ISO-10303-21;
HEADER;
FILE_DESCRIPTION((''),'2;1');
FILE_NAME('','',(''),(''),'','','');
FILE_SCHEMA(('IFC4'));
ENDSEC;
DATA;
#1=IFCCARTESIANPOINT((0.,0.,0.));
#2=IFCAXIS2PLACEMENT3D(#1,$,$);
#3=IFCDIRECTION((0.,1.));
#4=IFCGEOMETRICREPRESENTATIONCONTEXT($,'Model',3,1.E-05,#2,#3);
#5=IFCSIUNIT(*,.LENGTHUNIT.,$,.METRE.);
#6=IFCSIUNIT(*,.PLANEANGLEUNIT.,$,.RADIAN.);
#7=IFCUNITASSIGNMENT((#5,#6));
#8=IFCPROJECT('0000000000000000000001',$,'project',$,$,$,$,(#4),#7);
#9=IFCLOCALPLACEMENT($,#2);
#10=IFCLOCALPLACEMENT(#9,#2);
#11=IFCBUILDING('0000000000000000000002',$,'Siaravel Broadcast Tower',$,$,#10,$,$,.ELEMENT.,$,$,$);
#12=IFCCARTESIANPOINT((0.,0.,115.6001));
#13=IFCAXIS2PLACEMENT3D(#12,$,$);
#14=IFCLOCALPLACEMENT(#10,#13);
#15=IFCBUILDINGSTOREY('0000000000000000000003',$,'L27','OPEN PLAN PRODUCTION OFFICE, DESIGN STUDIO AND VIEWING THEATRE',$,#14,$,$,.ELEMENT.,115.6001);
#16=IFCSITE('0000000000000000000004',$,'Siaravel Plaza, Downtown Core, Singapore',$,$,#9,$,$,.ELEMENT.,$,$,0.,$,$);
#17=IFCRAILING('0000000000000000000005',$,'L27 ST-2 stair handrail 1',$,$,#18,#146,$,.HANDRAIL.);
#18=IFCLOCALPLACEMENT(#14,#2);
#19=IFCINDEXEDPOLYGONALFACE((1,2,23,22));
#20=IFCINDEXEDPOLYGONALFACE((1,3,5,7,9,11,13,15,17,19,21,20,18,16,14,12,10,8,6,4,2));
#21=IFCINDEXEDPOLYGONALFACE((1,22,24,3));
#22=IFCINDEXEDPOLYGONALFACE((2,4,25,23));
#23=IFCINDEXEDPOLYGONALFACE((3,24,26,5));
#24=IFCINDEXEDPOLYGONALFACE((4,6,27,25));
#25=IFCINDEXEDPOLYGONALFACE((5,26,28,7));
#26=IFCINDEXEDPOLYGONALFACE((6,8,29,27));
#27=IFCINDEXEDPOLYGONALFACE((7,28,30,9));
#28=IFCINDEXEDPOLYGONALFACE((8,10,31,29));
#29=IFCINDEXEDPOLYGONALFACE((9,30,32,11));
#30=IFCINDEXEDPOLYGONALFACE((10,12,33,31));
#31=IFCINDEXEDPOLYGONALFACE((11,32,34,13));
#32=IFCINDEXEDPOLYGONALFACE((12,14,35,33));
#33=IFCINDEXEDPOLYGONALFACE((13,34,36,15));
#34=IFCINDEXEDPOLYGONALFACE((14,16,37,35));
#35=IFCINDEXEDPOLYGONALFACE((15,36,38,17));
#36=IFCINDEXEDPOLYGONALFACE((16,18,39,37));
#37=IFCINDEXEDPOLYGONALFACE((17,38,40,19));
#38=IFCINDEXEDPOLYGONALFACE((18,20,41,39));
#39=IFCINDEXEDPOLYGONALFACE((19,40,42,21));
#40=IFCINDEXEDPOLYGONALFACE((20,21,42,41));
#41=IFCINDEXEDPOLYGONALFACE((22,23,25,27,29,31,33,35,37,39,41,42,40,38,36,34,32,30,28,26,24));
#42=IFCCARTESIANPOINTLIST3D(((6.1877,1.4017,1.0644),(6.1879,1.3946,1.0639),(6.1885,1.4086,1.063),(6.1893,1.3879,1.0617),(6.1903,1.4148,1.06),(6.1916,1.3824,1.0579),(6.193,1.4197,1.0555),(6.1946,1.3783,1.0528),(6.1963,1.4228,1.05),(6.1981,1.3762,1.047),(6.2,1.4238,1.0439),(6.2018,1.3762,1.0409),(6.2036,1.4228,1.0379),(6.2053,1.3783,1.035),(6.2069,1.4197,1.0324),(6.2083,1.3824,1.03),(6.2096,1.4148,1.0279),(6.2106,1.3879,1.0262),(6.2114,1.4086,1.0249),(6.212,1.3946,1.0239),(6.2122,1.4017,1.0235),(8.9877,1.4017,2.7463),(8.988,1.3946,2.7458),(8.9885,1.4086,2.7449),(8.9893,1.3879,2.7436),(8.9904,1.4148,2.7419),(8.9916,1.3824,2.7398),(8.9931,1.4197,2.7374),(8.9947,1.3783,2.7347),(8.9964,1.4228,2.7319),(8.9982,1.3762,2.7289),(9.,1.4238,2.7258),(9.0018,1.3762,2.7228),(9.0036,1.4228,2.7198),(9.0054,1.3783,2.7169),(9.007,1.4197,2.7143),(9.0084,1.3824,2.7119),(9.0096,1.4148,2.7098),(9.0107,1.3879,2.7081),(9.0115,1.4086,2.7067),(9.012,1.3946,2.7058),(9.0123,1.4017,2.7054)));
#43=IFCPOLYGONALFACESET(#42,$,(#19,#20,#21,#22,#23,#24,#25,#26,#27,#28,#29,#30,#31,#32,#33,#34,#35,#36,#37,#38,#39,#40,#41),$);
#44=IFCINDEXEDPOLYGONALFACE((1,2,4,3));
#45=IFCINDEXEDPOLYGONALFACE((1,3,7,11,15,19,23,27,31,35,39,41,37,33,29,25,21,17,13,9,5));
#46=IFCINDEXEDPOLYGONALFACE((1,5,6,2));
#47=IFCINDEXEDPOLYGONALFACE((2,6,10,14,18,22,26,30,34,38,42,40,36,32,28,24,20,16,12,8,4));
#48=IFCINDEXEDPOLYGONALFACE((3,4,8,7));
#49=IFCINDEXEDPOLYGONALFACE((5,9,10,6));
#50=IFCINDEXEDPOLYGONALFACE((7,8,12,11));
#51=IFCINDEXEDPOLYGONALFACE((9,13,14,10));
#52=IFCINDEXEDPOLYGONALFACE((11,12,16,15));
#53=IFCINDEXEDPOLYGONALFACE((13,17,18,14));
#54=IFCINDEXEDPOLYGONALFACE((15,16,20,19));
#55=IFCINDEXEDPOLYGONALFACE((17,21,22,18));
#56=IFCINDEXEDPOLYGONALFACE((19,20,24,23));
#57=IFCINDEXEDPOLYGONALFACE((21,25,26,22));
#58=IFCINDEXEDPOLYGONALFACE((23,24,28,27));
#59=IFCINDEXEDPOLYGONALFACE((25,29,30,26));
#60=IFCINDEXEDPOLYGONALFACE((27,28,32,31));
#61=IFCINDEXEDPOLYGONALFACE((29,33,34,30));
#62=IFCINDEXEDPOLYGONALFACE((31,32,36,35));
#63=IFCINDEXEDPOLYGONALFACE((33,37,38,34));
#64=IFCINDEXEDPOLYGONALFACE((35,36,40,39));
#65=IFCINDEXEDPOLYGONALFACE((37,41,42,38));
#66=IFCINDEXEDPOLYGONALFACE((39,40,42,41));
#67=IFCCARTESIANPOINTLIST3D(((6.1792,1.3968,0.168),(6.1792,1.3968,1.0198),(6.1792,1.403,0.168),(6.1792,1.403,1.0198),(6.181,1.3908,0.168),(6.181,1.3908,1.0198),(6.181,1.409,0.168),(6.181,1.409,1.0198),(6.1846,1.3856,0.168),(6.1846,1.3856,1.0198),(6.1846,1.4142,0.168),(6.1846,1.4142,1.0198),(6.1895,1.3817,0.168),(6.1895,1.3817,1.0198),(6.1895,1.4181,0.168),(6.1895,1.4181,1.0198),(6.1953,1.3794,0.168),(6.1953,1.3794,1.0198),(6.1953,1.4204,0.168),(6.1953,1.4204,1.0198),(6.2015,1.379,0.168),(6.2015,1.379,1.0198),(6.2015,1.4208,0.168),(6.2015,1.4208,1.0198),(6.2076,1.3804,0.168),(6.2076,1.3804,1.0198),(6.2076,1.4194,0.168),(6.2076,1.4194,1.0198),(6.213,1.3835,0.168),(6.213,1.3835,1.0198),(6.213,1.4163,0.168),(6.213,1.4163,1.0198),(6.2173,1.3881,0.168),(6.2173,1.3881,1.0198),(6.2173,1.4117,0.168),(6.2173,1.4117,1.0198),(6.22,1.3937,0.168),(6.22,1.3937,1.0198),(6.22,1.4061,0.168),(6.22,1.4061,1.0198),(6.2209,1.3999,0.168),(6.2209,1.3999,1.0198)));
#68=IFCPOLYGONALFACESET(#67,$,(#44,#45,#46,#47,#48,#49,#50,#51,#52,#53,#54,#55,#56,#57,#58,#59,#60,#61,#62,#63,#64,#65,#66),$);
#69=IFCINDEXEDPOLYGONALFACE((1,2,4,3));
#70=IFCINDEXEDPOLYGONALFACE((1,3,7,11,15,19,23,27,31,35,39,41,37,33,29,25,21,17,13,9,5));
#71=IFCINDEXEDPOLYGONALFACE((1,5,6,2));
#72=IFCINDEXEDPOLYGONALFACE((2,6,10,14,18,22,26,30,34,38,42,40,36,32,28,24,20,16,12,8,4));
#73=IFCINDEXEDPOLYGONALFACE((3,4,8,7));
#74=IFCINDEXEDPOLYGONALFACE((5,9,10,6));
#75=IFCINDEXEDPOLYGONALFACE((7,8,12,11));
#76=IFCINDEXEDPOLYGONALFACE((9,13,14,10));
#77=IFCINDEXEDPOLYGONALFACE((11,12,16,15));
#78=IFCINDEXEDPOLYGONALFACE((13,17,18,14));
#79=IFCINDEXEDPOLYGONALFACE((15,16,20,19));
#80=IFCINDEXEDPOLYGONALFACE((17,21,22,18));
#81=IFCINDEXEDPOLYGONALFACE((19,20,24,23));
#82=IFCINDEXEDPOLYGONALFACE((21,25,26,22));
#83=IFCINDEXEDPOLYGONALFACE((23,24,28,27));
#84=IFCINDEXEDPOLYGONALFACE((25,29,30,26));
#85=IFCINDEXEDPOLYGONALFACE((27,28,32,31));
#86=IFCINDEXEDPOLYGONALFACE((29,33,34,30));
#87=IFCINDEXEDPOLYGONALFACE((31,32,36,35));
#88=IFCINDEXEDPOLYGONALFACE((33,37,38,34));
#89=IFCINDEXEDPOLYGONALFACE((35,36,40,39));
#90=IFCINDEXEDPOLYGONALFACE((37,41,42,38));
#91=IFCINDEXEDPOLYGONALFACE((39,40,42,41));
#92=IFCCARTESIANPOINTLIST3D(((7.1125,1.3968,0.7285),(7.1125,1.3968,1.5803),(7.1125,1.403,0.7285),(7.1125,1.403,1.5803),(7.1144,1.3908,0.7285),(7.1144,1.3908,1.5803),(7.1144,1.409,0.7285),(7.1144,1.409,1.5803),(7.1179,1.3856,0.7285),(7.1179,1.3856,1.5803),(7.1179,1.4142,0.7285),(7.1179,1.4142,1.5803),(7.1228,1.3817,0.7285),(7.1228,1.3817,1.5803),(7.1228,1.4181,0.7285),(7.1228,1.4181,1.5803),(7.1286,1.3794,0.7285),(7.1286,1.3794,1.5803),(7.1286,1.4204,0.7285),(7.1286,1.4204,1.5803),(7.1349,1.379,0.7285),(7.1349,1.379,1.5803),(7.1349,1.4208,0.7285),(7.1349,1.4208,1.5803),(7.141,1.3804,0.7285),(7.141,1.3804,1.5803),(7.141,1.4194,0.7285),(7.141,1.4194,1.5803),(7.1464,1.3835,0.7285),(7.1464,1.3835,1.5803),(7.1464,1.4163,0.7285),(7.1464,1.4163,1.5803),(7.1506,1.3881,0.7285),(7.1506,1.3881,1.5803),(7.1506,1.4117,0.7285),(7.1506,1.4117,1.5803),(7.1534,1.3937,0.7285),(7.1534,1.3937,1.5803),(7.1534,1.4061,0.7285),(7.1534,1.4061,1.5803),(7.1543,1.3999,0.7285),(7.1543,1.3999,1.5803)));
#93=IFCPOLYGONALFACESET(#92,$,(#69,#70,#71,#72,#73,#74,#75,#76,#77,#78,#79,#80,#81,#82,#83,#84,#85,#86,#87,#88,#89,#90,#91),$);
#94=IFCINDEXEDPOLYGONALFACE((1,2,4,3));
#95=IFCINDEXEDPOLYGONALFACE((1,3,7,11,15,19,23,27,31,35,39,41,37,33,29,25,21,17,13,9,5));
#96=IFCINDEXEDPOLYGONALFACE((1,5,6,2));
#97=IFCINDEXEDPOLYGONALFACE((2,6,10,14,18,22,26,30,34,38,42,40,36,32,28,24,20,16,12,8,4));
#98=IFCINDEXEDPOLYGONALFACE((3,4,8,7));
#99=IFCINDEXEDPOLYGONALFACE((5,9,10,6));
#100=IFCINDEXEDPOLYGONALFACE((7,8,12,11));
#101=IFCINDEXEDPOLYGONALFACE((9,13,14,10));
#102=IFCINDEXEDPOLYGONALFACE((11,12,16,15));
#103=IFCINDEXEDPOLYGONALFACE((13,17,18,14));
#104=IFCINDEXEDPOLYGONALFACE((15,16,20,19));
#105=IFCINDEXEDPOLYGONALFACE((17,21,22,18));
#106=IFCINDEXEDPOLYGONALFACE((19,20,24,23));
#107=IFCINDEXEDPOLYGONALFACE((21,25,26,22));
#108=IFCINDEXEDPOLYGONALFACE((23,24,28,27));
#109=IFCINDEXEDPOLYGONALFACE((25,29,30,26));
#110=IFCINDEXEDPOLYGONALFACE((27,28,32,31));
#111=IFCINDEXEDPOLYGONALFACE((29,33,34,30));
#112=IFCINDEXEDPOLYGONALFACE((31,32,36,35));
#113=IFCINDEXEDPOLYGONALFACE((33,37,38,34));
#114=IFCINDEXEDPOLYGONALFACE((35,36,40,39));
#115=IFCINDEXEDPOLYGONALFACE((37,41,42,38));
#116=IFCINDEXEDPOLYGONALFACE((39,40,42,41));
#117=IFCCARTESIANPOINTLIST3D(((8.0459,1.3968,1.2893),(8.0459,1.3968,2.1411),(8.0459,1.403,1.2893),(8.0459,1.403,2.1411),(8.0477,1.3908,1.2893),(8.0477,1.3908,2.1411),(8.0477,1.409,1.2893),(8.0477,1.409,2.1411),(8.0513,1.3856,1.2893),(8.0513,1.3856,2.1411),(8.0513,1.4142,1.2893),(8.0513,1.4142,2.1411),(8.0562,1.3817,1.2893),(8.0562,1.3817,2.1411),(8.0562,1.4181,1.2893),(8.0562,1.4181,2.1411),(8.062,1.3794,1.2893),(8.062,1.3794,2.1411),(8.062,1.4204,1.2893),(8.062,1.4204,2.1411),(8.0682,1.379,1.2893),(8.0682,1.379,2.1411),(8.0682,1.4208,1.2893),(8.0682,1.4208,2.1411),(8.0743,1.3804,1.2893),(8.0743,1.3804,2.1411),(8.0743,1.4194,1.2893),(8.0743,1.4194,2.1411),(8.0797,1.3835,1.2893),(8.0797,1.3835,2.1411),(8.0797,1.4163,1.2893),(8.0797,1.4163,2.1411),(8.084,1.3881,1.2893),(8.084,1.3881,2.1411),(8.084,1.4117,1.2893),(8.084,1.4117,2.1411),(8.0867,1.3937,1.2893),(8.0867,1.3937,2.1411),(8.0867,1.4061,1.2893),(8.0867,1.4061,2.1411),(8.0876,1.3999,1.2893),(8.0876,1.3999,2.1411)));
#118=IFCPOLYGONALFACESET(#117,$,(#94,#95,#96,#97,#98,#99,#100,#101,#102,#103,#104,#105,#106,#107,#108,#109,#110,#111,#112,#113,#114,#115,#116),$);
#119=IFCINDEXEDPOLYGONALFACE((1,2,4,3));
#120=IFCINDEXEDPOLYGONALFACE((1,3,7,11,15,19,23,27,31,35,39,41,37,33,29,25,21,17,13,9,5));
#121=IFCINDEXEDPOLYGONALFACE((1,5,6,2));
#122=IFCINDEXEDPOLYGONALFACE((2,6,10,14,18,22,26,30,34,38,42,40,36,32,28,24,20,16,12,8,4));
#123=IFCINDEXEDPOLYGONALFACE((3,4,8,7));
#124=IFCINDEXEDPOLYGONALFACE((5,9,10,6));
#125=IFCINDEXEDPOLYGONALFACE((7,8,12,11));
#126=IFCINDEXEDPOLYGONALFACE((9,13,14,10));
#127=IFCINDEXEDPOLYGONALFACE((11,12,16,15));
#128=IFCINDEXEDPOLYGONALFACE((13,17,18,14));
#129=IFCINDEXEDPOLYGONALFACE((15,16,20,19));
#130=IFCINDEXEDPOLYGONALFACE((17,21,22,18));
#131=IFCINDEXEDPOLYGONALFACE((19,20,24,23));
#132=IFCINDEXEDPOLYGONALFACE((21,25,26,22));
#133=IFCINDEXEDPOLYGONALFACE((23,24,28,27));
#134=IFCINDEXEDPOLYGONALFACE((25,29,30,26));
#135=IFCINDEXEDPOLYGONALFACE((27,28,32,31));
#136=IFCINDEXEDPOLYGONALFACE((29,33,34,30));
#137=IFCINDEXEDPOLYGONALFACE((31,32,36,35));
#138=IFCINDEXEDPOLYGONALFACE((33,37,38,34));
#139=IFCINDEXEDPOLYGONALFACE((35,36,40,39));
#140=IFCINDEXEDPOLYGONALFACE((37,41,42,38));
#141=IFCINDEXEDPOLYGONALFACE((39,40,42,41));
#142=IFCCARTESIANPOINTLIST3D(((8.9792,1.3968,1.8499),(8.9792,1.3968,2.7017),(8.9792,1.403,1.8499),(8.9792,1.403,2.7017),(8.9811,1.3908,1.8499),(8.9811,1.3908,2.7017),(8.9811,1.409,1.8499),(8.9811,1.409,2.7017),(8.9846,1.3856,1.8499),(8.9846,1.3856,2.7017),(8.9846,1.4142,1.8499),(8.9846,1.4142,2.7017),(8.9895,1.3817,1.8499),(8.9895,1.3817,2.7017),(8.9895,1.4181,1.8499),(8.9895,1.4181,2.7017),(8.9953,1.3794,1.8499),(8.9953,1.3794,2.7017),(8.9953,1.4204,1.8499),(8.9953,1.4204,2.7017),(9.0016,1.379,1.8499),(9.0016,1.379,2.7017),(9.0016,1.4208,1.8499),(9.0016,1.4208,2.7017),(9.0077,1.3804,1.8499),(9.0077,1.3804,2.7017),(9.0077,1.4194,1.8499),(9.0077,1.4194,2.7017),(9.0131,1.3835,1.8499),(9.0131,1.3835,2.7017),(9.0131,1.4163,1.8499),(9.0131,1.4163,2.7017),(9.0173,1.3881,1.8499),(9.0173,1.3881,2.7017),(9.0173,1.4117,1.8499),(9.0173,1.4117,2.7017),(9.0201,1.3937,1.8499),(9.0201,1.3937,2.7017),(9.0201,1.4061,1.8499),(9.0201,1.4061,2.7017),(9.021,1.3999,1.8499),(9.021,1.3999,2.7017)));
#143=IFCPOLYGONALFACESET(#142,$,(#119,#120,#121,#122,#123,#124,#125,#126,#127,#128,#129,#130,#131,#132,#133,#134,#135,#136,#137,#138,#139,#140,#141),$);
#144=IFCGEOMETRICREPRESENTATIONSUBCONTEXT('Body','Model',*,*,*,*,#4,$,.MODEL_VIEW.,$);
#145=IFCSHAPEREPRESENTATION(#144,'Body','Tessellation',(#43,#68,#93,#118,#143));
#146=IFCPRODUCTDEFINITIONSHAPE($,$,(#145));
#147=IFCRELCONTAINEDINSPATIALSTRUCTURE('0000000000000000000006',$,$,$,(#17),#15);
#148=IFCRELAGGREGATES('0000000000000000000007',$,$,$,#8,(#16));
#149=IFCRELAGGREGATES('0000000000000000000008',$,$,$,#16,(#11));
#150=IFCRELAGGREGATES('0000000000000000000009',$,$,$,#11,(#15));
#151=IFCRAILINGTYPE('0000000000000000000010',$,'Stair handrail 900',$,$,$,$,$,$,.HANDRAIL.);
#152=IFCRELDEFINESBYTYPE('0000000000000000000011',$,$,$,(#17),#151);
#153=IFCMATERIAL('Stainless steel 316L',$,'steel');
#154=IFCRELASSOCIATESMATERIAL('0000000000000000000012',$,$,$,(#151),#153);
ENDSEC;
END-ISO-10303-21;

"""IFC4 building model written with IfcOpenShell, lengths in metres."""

from ifc_helpers import new_model, si_unit, direction, frame, origin, origin_2d, place, context, subcontext, project, spatial, circle, extrude, material, type_object, element, save


model = new_model("IFC4")

# Units and contexts
model_context = context("Model", 3, precision=1e-05, world=origin(), true_north=direction((0.0, 1.0)))
body_context = subcontext(model_context, "Body", "Model", "MODEL_VIEW")
ifc_project = project(units=[si_unit("LENGTHUNIT", "METRE"), si_unit("PLANEANGLEUNIT", "RADIAN")], contexts=[model_context])

# Site, building, storey
site_placement = place(None, origin())
site = spatial("IfcSite", under=ifc_project, at=site_placement, Name="Siaravel Plaza, Downtown Core, Singapore", CompositionType="ELEMENT", RefElevation=0.0)
building_placement = place(site_placement, origin())
building = spatial("IfcBuilding", under=site, at=building_placement, Name="Siaravel Broadcast Tower", CompositionType="ELEMENT")
storey_placement = place(building_placement, frame((0.0, 0.0, 115.6001)))
storey = spatial("IfcBuildingStorey", under=building, at=storey_placement, Name="L27", Description="OPEN PLAN PRODUCTION OFFICE, DESIGN STUDIO AND VIEWING THEATRE", CompositionType="ELEMENT", Elevation=115.6001)

# Railing
ifc_material_1 = material(Name="Stainless steel 316L", Category="steel")
railing_type_1 = type_object("IfcRailingType", Name="Stair handrail 900", PredefinedType="HANDRAIL", material=ifc_material_1)
railing_1_placement = place(storey_placement, frame((6.2, 1.3999, 0.168)))
element("IfcRailing", 1, at=railing_1_placement, inside=storey, type_object=railing_type_1, Name="L27 ST-2 stair handrail 1", PredefinedType="HANDRAIL", context=body_context, shape_type="SweptSolid", body=[
    extrude(circle(Radius=0.0239, at=origin_2d()), frame((0.0, 0.0, 0.876), z_axis=(0.857242, 0.0, 0.514913), x_axis=(0.0, 1.0, 0.0)), (0.0, 0.0, 1.0), 3.2664),
    extrude(circle(Radius=0.021, at=origin_2d()), origin(), (0.0, 0.0, 1.0), 0.8518),
    extrude(circle(Radius=0.021, at=origin_2d()), frame((0.9333, 0.0, 0.5605)), (0.0, 0.0, 1.0), 0.8518),
    extrude(circle(Radius=0.021, at=origin_2d()), frame((1.8667, 0.0, 1.1213)), (0.0, 0.0, 1.0), 0.8518),
    extrude(circle(Radius=0.021, at=origin_2d()), frame((2.8, 0.0, 1.6819)), (0.0, 0.0, 1.0), 0.8518),
])

save(model, "model.ifc")
